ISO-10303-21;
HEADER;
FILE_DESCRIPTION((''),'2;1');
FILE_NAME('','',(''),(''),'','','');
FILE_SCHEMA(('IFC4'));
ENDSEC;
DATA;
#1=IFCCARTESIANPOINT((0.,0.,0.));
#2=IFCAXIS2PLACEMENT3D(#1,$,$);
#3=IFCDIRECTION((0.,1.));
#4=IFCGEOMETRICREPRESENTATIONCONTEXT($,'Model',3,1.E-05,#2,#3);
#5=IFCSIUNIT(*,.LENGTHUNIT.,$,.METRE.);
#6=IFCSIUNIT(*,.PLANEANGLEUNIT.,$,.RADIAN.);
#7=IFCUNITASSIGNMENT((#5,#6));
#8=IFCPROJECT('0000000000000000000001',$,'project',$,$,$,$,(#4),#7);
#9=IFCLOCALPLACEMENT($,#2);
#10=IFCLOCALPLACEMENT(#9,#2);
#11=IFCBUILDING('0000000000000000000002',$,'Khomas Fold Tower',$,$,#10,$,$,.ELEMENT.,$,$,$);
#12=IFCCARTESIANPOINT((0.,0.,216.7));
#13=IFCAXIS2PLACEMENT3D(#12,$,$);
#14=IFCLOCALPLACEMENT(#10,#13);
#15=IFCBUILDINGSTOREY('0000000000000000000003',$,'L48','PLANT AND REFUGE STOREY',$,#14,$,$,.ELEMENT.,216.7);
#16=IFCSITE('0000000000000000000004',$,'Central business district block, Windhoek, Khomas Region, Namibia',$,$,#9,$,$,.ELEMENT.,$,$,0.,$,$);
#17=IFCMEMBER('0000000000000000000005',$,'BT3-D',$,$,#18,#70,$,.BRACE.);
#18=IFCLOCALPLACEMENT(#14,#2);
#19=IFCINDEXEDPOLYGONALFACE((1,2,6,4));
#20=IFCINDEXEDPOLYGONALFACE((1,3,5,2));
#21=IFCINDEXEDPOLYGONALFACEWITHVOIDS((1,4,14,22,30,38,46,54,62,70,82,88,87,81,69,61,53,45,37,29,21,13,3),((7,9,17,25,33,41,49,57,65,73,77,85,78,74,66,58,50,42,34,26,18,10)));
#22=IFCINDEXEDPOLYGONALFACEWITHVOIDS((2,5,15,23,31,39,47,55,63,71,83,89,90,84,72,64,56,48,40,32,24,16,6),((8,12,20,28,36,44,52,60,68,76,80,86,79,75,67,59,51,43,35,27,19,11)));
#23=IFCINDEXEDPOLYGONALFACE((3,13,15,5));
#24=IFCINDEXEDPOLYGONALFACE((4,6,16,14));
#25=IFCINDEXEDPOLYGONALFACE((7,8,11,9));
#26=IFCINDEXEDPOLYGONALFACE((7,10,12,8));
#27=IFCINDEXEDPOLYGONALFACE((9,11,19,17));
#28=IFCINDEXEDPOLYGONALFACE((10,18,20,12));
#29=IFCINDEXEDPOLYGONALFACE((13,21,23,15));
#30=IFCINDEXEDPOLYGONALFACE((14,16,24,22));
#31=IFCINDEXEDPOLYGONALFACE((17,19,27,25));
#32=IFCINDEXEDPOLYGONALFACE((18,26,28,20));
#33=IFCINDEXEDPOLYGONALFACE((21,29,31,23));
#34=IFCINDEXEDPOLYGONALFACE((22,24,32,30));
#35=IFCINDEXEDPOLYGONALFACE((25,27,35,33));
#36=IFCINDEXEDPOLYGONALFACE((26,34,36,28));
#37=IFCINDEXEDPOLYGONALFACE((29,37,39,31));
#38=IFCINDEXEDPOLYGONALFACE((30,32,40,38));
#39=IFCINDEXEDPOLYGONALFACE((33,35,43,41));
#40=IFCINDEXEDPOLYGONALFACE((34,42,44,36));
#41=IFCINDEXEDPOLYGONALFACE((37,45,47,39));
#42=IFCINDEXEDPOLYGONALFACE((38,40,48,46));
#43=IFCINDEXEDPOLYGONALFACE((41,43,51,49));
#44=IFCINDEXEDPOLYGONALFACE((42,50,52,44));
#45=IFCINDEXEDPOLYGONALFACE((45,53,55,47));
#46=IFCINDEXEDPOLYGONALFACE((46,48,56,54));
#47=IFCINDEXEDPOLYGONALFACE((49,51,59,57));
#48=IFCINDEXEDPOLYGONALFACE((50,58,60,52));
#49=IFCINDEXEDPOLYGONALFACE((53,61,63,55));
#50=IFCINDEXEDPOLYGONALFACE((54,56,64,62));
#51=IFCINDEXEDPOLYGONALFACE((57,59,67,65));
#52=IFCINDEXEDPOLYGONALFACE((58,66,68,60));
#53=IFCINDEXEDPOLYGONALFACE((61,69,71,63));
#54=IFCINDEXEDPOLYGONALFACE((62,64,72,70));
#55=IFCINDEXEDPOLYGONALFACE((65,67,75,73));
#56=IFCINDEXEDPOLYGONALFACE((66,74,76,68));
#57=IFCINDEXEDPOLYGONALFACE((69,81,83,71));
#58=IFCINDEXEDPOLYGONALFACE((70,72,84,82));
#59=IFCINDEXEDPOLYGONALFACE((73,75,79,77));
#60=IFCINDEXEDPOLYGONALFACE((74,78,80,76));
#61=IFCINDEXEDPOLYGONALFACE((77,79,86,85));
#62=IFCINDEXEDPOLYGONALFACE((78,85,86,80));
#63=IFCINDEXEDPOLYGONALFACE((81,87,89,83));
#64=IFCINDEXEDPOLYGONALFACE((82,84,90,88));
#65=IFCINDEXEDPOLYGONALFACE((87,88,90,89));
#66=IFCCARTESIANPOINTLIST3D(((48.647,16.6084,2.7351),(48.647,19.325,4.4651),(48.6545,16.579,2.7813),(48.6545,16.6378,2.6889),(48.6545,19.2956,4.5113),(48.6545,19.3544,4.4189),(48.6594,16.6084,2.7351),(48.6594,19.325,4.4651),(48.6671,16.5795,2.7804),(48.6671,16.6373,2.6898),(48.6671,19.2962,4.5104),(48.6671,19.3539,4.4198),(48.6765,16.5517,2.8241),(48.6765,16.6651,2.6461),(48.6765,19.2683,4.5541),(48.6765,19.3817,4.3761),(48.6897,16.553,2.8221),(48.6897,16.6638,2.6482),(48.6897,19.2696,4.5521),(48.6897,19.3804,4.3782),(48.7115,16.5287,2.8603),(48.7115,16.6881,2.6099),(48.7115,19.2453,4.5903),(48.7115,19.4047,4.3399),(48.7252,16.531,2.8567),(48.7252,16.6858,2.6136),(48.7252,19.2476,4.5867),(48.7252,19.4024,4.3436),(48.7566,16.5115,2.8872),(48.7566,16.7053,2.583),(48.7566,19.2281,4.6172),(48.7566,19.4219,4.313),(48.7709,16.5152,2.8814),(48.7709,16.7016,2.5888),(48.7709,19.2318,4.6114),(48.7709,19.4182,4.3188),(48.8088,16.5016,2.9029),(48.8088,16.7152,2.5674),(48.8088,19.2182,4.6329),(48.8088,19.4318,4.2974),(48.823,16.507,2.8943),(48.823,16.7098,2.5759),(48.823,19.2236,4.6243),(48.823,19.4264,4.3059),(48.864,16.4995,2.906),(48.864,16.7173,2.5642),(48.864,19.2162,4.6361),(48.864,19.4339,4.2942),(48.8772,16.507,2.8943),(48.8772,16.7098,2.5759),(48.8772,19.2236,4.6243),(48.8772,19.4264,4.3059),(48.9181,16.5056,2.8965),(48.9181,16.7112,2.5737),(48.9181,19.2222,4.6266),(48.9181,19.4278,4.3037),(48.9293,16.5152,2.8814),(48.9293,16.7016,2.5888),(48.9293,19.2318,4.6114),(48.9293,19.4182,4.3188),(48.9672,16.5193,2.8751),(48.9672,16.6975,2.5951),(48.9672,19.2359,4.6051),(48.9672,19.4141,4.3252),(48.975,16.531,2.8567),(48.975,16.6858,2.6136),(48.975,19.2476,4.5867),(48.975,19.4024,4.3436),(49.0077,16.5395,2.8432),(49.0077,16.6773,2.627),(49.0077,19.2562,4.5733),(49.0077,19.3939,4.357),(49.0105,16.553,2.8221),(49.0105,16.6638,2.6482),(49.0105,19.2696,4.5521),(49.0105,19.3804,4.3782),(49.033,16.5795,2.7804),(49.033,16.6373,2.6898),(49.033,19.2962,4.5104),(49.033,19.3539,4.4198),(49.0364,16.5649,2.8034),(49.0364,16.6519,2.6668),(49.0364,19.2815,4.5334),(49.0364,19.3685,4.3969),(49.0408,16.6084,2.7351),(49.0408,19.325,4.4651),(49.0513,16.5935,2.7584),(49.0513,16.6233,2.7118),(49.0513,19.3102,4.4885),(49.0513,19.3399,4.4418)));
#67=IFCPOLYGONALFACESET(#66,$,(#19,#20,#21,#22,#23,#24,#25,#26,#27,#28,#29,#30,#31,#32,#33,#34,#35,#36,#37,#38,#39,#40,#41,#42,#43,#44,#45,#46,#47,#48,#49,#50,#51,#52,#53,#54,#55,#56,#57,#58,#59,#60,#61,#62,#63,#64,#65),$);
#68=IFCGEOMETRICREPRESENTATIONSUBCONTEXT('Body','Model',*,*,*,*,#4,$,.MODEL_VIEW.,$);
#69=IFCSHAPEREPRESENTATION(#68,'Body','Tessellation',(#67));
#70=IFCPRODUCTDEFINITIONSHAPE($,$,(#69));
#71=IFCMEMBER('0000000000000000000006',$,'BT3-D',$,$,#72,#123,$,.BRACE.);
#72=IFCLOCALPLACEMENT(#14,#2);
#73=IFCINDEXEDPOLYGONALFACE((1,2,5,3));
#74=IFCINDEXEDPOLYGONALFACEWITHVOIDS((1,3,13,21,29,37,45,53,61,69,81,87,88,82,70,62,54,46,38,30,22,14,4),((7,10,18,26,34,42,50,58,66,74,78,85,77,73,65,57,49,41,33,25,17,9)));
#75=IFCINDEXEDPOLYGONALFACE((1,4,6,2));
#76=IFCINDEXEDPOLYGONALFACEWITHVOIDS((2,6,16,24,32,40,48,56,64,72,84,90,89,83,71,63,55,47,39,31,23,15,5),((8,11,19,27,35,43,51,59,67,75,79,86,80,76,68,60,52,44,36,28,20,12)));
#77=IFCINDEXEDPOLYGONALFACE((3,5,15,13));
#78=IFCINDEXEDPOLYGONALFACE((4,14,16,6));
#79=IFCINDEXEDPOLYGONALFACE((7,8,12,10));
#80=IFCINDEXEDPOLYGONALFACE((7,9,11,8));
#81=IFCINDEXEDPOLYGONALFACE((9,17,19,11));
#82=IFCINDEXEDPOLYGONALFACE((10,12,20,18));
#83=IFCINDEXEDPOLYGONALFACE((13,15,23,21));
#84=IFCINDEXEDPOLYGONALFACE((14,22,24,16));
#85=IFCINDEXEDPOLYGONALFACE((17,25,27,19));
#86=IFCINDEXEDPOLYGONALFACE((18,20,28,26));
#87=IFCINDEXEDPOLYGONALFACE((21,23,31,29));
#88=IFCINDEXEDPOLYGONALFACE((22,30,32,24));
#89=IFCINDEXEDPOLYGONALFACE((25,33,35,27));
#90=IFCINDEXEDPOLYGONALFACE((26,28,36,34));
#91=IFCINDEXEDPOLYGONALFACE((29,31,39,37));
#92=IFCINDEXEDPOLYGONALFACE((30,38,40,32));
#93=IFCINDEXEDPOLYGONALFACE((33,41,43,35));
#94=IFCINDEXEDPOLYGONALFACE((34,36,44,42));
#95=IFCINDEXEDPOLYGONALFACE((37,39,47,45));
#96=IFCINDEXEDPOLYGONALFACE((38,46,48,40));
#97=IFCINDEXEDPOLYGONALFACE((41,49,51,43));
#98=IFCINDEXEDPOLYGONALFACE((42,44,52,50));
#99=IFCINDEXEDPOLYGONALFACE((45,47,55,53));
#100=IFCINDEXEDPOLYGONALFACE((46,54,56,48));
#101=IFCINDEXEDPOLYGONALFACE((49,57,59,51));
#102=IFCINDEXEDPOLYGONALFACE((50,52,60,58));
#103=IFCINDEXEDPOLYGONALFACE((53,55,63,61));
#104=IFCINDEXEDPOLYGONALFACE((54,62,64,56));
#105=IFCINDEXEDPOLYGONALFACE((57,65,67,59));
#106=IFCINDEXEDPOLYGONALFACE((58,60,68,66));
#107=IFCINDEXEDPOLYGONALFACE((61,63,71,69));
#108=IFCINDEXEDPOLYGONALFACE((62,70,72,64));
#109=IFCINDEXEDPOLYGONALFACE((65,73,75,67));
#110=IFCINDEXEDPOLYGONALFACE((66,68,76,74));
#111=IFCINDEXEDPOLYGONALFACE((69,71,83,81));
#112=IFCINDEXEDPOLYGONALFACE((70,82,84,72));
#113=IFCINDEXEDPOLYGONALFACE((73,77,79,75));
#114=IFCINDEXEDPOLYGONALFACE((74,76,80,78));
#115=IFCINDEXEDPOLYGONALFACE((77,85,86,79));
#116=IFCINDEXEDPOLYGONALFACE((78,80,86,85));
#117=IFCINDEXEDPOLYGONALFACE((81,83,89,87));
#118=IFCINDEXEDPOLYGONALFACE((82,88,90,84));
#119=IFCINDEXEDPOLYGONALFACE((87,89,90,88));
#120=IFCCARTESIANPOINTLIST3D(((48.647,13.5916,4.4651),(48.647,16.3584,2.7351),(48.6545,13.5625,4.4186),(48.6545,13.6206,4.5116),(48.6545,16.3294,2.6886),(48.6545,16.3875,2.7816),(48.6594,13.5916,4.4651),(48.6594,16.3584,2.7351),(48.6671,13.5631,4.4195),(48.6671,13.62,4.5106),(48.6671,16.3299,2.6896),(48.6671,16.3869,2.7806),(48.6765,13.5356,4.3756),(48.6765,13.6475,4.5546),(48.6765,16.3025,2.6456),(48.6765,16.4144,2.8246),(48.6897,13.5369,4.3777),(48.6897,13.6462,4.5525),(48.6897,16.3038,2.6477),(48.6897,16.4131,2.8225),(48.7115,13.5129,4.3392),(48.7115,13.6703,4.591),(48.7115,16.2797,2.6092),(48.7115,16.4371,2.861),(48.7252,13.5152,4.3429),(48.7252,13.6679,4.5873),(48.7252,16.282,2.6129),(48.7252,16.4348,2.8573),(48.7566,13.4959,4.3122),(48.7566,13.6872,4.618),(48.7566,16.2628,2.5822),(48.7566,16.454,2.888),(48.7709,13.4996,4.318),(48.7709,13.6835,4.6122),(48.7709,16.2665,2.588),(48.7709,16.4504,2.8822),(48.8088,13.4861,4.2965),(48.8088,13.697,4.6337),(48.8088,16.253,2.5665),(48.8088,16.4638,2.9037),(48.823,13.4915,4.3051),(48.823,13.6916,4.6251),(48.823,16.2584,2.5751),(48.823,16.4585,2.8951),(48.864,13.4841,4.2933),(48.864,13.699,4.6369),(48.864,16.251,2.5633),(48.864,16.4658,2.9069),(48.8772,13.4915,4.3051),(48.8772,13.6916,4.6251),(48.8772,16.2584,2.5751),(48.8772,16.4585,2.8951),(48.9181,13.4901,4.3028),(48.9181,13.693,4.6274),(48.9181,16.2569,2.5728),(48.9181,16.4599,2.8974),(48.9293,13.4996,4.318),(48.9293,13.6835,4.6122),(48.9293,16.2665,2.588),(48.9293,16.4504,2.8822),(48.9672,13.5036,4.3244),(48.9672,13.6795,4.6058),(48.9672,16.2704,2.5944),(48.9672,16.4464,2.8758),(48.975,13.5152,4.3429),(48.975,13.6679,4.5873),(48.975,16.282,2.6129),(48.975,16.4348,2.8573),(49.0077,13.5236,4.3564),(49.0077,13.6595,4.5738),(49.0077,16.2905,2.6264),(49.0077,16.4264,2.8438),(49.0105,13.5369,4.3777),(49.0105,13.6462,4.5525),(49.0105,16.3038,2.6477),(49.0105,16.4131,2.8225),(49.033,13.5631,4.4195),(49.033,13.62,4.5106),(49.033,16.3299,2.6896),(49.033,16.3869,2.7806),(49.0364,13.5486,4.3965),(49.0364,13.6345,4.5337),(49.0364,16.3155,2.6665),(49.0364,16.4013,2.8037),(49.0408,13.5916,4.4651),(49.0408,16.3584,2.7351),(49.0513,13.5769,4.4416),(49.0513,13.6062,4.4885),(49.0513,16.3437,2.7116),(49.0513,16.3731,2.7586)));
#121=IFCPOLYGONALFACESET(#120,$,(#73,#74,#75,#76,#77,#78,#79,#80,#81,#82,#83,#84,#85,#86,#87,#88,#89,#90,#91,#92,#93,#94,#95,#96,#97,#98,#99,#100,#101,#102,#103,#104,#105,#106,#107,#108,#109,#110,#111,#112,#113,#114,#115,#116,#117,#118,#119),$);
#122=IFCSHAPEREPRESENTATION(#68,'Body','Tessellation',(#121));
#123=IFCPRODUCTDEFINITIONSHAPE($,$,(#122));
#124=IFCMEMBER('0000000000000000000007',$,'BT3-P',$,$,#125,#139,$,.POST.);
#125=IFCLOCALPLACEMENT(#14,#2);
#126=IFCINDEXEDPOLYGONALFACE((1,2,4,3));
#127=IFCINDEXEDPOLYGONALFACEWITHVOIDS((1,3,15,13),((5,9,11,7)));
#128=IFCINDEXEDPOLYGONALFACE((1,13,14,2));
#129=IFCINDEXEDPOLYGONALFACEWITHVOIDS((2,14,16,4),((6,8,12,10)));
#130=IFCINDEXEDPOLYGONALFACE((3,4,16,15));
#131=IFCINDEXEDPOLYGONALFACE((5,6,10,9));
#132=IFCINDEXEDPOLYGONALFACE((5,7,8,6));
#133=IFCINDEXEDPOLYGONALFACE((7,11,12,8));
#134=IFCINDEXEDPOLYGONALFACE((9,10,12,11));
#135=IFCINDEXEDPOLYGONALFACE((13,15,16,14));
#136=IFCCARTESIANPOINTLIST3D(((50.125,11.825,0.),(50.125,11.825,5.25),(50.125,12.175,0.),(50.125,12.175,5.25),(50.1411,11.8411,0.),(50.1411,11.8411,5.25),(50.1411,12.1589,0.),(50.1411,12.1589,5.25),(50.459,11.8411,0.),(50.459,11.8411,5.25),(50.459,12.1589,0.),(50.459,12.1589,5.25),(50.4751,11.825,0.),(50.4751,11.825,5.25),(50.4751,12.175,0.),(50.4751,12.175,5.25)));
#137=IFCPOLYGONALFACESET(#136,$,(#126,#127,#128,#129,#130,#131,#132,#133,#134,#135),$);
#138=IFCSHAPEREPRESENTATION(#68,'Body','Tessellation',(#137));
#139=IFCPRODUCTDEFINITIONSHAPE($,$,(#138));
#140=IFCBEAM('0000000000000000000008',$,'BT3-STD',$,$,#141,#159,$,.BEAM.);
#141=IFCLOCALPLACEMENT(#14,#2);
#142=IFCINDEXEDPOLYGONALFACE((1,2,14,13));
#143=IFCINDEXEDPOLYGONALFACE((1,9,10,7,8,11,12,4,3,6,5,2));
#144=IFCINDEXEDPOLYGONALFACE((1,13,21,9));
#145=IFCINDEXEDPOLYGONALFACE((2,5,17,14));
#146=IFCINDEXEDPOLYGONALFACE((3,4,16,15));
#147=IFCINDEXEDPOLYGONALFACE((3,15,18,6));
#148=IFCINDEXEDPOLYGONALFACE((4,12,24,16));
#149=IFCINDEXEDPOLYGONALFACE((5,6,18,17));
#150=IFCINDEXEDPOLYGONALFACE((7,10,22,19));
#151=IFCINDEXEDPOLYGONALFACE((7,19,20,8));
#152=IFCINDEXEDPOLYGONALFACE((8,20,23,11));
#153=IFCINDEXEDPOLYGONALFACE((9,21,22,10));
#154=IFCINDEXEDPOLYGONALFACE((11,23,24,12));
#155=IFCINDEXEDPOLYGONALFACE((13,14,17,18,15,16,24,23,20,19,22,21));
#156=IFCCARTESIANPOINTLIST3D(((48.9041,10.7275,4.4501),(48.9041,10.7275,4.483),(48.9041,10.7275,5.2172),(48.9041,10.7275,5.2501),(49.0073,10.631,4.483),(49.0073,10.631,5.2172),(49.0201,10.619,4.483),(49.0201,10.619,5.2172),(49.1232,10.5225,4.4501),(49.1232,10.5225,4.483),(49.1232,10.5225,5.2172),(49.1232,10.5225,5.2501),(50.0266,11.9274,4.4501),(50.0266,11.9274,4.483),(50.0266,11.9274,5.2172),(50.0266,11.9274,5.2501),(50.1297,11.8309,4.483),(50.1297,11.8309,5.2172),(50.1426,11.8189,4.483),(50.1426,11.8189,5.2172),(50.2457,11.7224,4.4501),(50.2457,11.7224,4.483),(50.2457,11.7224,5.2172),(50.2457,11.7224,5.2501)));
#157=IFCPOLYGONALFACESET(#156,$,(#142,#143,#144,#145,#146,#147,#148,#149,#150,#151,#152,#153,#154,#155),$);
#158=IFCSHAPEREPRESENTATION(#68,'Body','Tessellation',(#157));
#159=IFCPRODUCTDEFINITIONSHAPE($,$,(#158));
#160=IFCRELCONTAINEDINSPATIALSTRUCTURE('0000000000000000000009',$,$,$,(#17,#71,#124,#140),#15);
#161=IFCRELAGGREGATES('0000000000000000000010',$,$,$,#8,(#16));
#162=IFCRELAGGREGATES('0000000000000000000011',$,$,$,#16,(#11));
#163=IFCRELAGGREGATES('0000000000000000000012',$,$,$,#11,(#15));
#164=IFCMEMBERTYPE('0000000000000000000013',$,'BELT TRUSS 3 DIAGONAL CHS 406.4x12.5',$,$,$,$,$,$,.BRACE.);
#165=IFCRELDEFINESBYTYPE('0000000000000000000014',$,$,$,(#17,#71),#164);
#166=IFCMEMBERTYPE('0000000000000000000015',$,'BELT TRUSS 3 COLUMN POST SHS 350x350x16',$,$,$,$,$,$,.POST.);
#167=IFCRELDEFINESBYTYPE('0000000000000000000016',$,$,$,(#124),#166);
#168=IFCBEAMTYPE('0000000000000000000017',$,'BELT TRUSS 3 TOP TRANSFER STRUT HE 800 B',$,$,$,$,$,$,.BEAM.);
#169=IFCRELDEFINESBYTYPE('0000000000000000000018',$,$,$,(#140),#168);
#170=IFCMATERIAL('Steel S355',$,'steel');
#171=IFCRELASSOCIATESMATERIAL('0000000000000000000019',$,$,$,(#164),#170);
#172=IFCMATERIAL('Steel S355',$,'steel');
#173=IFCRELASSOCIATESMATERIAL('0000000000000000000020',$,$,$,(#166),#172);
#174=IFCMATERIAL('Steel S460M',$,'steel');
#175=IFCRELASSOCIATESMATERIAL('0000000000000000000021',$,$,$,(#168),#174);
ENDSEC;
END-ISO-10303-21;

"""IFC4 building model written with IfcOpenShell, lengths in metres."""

from ifc_helpers import new_model, si_unit, direction, frame, origin, origin_2d, place, context, subcontext, project, spatial, hollow_rectangle, hollow_circle, i_section, extrude, source, transform, mapped, material, material_profile, profile_set, type_object, element, save


model = new_model("IFC4")

# Units and contexts
model_context = context("Model", 3, precision=1e-05, world=origin(), true_north=direction((0.0, 1.0)))
body_context = subcontext(model_context, "Body", "Model", "MODEL_VIEW")
ifc_project = project(units=[si_unit("LENGTHUNIT", "METRE"), si_unit("PLANEANGLEUNIT", "RADIAN")], contexts=[model_context])

# Site, building, storey
site_placement = place(None, origin())
site = spatial("IfcSite", under=ifc_project, at=site_placement, Name="Central business district block, Windhoek, Khomas Region, Namibia", CompositionType="ELEMENT", RefElevation=0.0)
building_placement = place(site_placement, origin())
building = spatial("IfcBuilding", under=site, at=building_placement, Name="Khomas Fold Tower", CompositionType="ELEMENT")
storey_placement = place(building_placement, frame((0.0, 0.0, 216.7)))
storey = spatial("IfcBuildingStorey", under=building, at=storey_placement, Name="L48", Description="PLANT AND REFUGE STOREY", CompositionType="ELEMENT", Elevation=216.7)

# Members
ifc_material_1 = material(Name="Steel S355", Category="steel")
ifc_material_profile_1 = material_profile(ifc_material_1, hollow_circle(Radius=0.2031, WallThickness=0.0125, at=origin_2d()), Name="CHS 406.4x12.5")
ifc_profile_set_1 = profile_set([ifc_material_profile_1], Name="Steel S355")
member_type_1 = type_object("IfcMemberType", Name="BELT TRUSS 3 DIAGONAL CHS 406.4x12.5", PredefinedType="BRACE", material=ifc_profile_set_1)
shared_shape_1 = source(origin(), body_context, "Body", "SweptSolid", [
    extrude(hollow_circle(Radius=0.2031, WallThickness=0.0125, at=origin_2d()), origin(), (0.0, 0.0, 1.0), 3.2207),
])
for number, where, z_axis, x_axis, name in (
    (1, (48.8501, 16.6084, 2.7351), (0.0, 0.843484, 0.537155), (-1.0, 0.0, 0.0), "BT3-D"),
):
    element("IfcMember", number, at=place(storey_placement, frame(where, z_axis=z_axis, x_axis=x_axis)), inside=storey, type_object=member_type_1, Name=name, PredefinedType="BRACE", context=body_context, shape_type="MappedRepresentation", body=[
        mapped(shared_shape_1, transform((0.0, 0.0, 0.0))),
    ])
shared_shape_2 = source(origin(), body_context, "Body", "SweptSolid", [
    extrude(hollow_circle(Radius=0.2031, WallThickness=0.0125, at=origin_2d()), origin(), (0.0, 0.0, 1.0), 3.2632),
])
member_1_placement = place(storey_placement, frame((48.8501, 13.5916, 4.4651), z_axis=(0.0, 0.847902, -0.530154), x_axis=(-1.0, 0.0, 0.0)))
element("IfcMember", 2, at=member_1_placement, inside=storey, type_object=member_type_1, Name="BT3-D", PredefinedType="BRACE", context=body_context, shape_type="MappedRepresentation", body=[
    mapped(shared_shape_2, transform((0.0, 0.0, 0.0))),
])
ifc_material_2 = material(Name="Steel S355", Category="steel")
ifc_material_profile_2 = material_profile(ifc_material_2, hollow_rectangle(XDim=0.3501, YDim=0.3501, WallThickness=0.0161, at=origin_2d()), Name="SHS 350x350x16")
ifc_profile_set_2 = profile_set([ifc_material_profile_2], Name="Steel S355")
member_type_2 = type_object("IfcMemberType", Name="BELT TRUSS 3 COLUMN POST SHS 350x350x16", PredefinedType="POST", material=ifc_profile_set_2)
shared_shape_3 = source(origin(), body_context, "Body", "SweptSolid", [
    extrude(hollow_rectangle(XDim=0.3501, YDim=0.3501, WallThickness=0.0161, at=origin_2d()), origin(), (0.0, 0.0, 1.0), 5.25),
])
member_2_placement = place(storey_placement, frame((50.3, 12.0, 0.0), z_axis=(0.0, 0.0, 1.0), x_axis=(1.0, 0.0, 0.0)))
element("IfcMember", 3, at=member_2_placement, inside=storey, type_object=member_type_2, Name="BT3-P", PredefinedType="POST", context=body_context, shape_type="MappedRepresentation", body=[
    mapped(shared_shape_3, transform((0.0, 0.0, 0.0))),
])

# Beam
ifc_material_3 = material(Name="Steel S460M", Category="steel")
ifc_material_profile_3 = material_profile(ifc_material_3, i_section(OverallWidth=0.3, OverallDepth=0.8, WebThickness=0.0176, FlangeThickness=0.033, at=origin_2d()), Name="HE 800 B")
ifc_profile_set_3 = profile_set([ifc_material_profile_3], Name="Steel S460M")
beam_type_1 = type_object("IfcBeamType", Name="BELT TRUSS 3 TOP TRANSFER STRUT HE 800 B", PredefinedType="BEAM", material=ifc_profile_set_3)
shared_shape_4 = source(origin(), body_context, "Body", "SweptSolid", [
    extrude(i_section(OverallWidth=0.3, OverallDepth=0.8, WebThickness=0.0176, FlangeThickness=0.033, at=origin_2d()), origin(), (0.0, 0.0, 1.0), 1.6431),
])
beam_1_placement = place(storey_placement, frame((49.0137, 10.625, 4.8501), z_axis=(0.683165, 0.730264, 0.0), x_axis=(-0.730264, 0.683165, 0.0)))
element("IfcBeam", 4, at=beam_1_placement, inside=storey, type_object=beam_type_1, Name="BT3-STD", PredefinedType="BEAM", context=body_context, shape_type="MappedRepresentation", body=[
    mapped(shared_shape_4, transform((0.0, 0.0, 0.0))),
])

save(model, "model.ifc")
